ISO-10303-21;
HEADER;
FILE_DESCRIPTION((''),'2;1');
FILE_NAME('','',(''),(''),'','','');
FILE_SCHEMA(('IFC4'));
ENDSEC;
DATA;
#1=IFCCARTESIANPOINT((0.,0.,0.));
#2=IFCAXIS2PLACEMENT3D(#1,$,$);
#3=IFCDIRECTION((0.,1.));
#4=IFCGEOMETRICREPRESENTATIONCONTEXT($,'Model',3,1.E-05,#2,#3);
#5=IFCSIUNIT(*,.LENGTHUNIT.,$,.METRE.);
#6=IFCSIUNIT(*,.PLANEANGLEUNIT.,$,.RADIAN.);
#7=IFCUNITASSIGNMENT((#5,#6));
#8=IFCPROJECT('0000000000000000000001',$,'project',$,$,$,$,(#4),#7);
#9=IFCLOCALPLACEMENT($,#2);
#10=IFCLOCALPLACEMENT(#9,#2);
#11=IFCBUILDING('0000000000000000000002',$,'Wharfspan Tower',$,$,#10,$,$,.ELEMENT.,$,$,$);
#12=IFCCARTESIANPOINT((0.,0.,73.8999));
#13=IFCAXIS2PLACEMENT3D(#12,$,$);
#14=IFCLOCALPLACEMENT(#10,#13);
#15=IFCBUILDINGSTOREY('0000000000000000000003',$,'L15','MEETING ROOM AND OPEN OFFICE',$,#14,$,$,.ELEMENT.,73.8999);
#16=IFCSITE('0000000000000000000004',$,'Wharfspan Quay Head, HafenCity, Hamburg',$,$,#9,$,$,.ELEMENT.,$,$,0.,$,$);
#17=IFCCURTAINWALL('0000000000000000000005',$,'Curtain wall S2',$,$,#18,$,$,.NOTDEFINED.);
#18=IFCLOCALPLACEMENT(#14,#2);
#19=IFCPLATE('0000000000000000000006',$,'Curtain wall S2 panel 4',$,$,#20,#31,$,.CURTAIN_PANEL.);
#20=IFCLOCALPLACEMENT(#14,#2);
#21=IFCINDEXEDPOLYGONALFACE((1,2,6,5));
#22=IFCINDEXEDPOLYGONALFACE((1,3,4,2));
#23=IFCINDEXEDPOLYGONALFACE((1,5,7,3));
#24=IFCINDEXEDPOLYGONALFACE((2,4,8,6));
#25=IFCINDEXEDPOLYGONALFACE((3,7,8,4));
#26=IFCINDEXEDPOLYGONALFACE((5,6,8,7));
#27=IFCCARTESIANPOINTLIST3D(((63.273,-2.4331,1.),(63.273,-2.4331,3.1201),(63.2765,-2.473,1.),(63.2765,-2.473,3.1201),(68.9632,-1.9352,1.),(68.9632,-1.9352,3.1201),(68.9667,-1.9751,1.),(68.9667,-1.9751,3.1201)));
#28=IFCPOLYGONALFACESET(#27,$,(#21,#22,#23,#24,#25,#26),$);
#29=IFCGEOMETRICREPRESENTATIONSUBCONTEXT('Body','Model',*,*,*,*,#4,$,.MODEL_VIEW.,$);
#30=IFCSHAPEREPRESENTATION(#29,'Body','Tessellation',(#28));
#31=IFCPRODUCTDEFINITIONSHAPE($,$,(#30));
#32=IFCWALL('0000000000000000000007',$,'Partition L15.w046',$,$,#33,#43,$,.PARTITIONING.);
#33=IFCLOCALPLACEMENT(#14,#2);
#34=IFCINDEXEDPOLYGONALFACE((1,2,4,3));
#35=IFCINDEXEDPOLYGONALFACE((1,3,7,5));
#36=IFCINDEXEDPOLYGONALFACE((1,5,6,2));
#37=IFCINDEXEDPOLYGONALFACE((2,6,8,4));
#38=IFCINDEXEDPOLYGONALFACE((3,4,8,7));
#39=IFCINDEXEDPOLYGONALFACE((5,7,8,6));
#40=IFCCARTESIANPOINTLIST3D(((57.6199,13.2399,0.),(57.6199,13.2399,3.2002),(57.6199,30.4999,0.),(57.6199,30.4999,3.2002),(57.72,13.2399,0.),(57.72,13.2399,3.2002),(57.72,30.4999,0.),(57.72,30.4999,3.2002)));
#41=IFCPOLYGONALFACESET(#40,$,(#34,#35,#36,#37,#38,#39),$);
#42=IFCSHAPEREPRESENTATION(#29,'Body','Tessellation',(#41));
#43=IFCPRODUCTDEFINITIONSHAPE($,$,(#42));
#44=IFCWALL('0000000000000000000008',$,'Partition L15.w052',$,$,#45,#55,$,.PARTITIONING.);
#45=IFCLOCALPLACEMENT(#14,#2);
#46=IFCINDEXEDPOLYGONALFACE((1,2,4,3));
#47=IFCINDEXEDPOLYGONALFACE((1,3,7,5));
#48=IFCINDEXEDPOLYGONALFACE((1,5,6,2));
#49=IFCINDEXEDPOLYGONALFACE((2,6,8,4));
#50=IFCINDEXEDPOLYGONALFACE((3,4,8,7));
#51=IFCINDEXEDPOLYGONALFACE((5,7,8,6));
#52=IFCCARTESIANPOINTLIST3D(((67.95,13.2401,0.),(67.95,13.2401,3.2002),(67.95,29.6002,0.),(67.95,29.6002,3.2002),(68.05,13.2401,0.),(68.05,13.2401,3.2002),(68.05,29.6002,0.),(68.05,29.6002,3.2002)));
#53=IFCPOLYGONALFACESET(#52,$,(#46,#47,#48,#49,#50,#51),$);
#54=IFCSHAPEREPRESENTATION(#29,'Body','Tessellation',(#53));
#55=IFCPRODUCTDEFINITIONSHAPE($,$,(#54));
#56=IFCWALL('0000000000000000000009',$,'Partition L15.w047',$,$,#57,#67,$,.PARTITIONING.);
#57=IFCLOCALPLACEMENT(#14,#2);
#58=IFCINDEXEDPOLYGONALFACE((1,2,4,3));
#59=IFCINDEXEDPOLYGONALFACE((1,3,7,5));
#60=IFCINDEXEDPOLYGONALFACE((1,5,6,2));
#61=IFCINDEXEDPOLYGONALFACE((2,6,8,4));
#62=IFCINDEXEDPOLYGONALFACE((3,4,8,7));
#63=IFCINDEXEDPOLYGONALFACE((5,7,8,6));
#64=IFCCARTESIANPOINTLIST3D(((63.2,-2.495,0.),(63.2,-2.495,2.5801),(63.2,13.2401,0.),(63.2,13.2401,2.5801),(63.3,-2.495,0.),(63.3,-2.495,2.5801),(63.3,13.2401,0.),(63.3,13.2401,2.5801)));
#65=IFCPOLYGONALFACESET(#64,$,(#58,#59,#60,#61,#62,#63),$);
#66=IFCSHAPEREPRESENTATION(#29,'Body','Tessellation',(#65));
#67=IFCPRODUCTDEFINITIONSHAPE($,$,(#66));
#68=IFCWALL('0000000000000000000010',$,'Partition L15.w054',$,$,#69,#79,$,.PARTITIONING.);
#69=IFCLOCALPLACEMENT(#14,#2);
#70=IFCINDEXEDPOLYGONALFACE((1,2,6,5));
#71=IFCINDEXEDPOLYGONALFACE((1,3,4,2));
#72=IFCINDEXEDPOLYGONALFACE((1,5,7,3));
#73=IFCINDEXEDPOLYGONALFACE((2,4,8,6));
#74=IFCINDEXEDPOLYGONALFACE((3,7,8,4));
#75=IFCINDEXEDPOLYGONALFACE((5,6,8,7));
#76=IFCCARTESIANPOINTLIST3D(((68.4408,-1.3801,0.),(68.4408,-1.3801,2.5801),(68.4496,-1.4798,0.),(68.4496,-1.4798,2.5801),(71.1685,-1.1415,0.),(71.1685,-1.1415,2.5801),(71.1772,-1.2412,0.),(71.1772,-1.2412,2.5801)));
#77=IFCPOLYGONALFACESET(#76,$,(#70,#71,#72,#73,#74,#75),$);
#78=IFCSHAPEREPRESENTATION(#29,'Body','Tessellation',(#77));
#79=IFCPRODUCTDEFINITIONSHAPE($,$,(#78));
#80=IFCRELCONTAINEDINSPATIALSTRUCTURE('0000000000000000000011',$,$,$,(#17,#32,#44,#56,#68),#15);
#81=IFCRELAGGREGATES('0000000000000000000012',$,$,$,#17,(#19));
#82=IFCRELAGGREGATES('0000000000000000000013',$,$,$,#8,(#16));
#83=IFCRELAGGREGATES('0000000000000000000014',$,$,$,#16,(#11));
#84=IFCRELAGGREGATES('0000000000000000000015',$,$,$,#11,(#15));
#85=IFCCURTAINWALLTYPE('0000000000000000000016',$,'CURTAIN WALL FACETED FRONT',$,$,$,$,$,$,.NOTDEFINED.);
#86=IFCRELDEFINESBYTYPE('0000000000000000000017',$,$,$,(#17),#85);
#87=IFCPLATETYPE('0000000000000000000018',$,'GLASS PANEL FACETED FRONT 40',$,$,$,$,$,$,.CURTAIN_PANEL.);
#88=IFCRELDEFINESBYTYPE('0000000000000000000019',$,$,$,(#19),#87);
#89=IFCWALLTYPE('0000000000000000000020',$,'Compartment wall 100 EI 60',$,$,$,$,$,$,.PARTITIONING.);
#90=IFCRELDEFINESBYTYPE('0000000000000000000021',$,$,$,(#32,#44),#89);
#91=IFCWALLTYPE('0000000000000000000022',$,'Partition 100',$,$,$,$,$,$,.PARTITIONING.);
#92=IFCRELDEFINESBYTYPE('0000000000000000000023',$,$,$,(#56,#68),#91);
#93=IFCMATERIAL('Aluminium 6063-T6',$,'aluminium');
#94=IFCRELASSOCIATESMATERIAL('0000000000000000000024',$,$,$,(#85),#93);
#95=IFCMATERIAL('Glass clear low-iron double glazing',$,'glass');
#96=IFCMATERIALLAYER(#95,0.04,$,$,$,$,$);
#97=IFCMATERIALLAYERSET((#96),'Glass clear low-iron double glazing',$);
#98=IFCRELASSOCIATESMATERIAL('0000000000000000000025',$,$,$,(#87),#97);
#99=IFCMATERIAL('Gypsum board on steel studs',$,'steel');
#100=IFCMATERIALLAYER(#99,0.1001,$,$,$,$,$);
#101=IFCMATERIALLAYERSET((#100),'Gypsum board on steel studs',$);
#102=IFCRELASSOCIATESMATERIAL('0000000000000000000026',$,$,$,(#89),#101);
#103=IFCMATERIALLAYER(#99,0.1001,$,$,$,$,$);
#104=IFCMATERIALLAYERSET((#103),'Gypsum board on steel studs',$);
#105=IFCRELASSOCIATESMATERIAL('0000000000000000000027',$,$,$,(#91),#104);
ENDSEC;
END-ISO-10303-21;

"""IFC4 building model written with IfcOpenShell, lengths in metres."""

from ifc_helpers import new_model, si_unit, direction, frame, frame_2d, origin, origin_2d, place, context, subcontext, project, spatial, rectangle, extrude, material, layer, layer_set, type_object, element, aggregate, save


model = new_model("IFC4")

# Units and contexts
model_context = context("Model", 3, precision=1e-05, world=origin(), true_north=direction((0.0, 1.0)))
body_context = subcontext(model_context, "Body", "Model", "MODEL_VIEW")
ifc_project = project(units=[si_unit("LENGTHUNIT", "METRE"), si_unit("PLANEANGLEUNIT", "RADIAN")], contexts=[model_context])

# Site, building, storey
site_placement = place(None, origin())
site = spatial("IfcSite", under=ifc_project, at=site_placement, Name="Wharfspan Quay Head, HafenCity, Hamburg", CompositionType="ELEMENT", RefElevation=0.0)
building_placement = place(site_placement, origin())
building = spatial("IfcBuilding", under=site, at=building_placement, Name="Wharfspan Tower", CompositionType="ELEMENT")
storey_placement = place(building_placement, frame((0.0, 0.0, 73.8999)))
storey = spatial("IfcBuildingStorey", under=building, at=storey_placement, Name="L15", Description="MEETING ROOM AND OPEN OFFICE", CompositionType="ELEMENT", Elevation=73.8999)

# Curtain wall
ifc_material_1 = material(Name="Aluminium 6063-T6", Category="aluminium")
curtain_wall_type = type_object("IfcCurtainWallType", Name="CURTAIN WALL FACETED FRONT", PredefinedType="NOTDEFINED", material=ifc_material_1)
curtain_wall_placement = place(storey_placement, origin())
curtain_wall = element("IfcCurtainWall", 1, at=curtain_wall_placement, inside=storey, type_object=curtain_wall_type, Name="Curtain wall S2", PredefinedType="NOTDEFINED")

# Plate
ifc_material_2 = material(Name="Glass clear low-iron double glazing", Category="glass")
ifc_layer_1 = layer(ifc_material_2, 0.04)
ifc_layer_set_1 = layer_set([ifc_layer_1], Name="Glass clear low-iron double glazing")
plate_type = type_object("IfcPlateType", Name="GLASS PANEL FACETED FRONT 40", PredefinedType="CURTAIN_PANEL", material=ifc_layer_set_1)
plate_1_placement = place(storey_placement, frame((66.1199, -2.2041, 1.0), z_axis=(0.0, 0.0, 1.0), x_axis=(0.996197, 0.087156, 0.0)))
plate_1 = element("IfcPlate", 2, at=plate_1_placement, type_object=plate_type, Name="Curtain wall S2 panel 4", PredefinedType="CURTAIN_PANEL", context=body_context, shape_type="SweptSolid", body=[
    extrude(rectangle(XDim=5.7119, YDim=0.04, at=origin_2d()), origin(), (0.0, 0.0, 1.0), 2.1201),
])
aggregate(curtain_wall, [plate_1])

# Walls
ifc_material_3 = material(Name="Gypsum board on steel studs", Category="steel")
ifc_layer_2 = layer(ifc_material_3, 0.1001)
ifc_layer_set_2 = layer_set([ifc_layer_2], Name="Gypsum board on steel studs")
wall_type_1 = type_object("IfcWallType", Name="Compartment wall 100 EI 60", PredefinedType="PARTITIONING", material=ifc_layer_set_2)
wall_1_placement = place(storey_placement, frame((57.6699, 13.24, 0.0), z_axis=(0.0, 0.0, 1.0), x_axis=(0.0, 1.0, 0.0)))
element("IfcWall", 3, at=wall_1_placement, inside=storey, type_object=wall_type_1, Name="Partition L15.w046", PredefinedType="PARTITIONING", context=body_context, shape_type="SweptSolid", body=[
    extrude(rectangle(XDim=17.26, YDim=0.1001, at=frame_2d((8.6299, 0.0))), origin(), (0.0, 0.0, 1.0), 3.2002),
])
wall_2_placement = place(storey_placement, frame((68.0, 13.24, 0.0), z_axis=(0.0, 0.0, 1.0), x_axis=(0.0, 1.0, 0.0)))
element("IfcWall", 4, at=wall_2_placement, inside=storey, type_object=wall_type_1, Name="Partition L15.w052", PredefinedType="PARTITIONING", context=body_context, shape_type="SweptSolid", body=[
    extrude(rectangle(XDim=16.3601, YDim=0.1001, at=frame_2d((8.1802, 0.0))), origin(), (0.0, 0.0, 1.0), 3.2002),
])
ifc_layer_3 = layer(ifc_material_3, 0.1001)
ifc_layer_set_3 = layer_set([ifc_layer_3], Name="Gypsum board on steel studs")
wall_type_2 = type_object("IfcWallType", Name="Partition 100", PredefinedType="PARTITIONING", material=ifc_layer_set_3)
wall_3_placement = place(storey_placement, frame((63.25, -2.4951, 0.0), z_axis=(0.0, 0.0, 1.0), x_axis=(0.0, 1.0, 0.0)))
element("IfcWall", 5, at=wall_3_placement, inside=storey, type_object=wall_type_2, Name="Partition L15.w047", PredefinedType="PARTITIONING", context=body_context, shape_type="SweptSolid", body=[
    extrude(rectangle(XDim=15.7351, YDim=0.1001, at=frame_2d((7.8677, 0.0))), origin(), (0.0, 0.0, 1.0), 2.5801),
])
wall_4_placement = place(storey_placement, frame((68.4451, -1.4299, 0.0), z_axis=(0.0, 0.0, 1.0), x_axis=(0.996195, 0.087118, 0.0)))
element("IfcWall", 6, at=wall_4_placement, inside=storey, type_object=wall_type_2, Name="Partition L15.w054", PredefinedType="PARTITIONING", context=body_context, shape_type="SweptSolid", body=[
    extrude(rectangle(XDim=2.738, YDim=0.1001, at=frame_2d((1.3691, 0.0))), origin(), (0.0, 0.0, 1.0), 2.5801),
])

save(model, "model.ifc")
